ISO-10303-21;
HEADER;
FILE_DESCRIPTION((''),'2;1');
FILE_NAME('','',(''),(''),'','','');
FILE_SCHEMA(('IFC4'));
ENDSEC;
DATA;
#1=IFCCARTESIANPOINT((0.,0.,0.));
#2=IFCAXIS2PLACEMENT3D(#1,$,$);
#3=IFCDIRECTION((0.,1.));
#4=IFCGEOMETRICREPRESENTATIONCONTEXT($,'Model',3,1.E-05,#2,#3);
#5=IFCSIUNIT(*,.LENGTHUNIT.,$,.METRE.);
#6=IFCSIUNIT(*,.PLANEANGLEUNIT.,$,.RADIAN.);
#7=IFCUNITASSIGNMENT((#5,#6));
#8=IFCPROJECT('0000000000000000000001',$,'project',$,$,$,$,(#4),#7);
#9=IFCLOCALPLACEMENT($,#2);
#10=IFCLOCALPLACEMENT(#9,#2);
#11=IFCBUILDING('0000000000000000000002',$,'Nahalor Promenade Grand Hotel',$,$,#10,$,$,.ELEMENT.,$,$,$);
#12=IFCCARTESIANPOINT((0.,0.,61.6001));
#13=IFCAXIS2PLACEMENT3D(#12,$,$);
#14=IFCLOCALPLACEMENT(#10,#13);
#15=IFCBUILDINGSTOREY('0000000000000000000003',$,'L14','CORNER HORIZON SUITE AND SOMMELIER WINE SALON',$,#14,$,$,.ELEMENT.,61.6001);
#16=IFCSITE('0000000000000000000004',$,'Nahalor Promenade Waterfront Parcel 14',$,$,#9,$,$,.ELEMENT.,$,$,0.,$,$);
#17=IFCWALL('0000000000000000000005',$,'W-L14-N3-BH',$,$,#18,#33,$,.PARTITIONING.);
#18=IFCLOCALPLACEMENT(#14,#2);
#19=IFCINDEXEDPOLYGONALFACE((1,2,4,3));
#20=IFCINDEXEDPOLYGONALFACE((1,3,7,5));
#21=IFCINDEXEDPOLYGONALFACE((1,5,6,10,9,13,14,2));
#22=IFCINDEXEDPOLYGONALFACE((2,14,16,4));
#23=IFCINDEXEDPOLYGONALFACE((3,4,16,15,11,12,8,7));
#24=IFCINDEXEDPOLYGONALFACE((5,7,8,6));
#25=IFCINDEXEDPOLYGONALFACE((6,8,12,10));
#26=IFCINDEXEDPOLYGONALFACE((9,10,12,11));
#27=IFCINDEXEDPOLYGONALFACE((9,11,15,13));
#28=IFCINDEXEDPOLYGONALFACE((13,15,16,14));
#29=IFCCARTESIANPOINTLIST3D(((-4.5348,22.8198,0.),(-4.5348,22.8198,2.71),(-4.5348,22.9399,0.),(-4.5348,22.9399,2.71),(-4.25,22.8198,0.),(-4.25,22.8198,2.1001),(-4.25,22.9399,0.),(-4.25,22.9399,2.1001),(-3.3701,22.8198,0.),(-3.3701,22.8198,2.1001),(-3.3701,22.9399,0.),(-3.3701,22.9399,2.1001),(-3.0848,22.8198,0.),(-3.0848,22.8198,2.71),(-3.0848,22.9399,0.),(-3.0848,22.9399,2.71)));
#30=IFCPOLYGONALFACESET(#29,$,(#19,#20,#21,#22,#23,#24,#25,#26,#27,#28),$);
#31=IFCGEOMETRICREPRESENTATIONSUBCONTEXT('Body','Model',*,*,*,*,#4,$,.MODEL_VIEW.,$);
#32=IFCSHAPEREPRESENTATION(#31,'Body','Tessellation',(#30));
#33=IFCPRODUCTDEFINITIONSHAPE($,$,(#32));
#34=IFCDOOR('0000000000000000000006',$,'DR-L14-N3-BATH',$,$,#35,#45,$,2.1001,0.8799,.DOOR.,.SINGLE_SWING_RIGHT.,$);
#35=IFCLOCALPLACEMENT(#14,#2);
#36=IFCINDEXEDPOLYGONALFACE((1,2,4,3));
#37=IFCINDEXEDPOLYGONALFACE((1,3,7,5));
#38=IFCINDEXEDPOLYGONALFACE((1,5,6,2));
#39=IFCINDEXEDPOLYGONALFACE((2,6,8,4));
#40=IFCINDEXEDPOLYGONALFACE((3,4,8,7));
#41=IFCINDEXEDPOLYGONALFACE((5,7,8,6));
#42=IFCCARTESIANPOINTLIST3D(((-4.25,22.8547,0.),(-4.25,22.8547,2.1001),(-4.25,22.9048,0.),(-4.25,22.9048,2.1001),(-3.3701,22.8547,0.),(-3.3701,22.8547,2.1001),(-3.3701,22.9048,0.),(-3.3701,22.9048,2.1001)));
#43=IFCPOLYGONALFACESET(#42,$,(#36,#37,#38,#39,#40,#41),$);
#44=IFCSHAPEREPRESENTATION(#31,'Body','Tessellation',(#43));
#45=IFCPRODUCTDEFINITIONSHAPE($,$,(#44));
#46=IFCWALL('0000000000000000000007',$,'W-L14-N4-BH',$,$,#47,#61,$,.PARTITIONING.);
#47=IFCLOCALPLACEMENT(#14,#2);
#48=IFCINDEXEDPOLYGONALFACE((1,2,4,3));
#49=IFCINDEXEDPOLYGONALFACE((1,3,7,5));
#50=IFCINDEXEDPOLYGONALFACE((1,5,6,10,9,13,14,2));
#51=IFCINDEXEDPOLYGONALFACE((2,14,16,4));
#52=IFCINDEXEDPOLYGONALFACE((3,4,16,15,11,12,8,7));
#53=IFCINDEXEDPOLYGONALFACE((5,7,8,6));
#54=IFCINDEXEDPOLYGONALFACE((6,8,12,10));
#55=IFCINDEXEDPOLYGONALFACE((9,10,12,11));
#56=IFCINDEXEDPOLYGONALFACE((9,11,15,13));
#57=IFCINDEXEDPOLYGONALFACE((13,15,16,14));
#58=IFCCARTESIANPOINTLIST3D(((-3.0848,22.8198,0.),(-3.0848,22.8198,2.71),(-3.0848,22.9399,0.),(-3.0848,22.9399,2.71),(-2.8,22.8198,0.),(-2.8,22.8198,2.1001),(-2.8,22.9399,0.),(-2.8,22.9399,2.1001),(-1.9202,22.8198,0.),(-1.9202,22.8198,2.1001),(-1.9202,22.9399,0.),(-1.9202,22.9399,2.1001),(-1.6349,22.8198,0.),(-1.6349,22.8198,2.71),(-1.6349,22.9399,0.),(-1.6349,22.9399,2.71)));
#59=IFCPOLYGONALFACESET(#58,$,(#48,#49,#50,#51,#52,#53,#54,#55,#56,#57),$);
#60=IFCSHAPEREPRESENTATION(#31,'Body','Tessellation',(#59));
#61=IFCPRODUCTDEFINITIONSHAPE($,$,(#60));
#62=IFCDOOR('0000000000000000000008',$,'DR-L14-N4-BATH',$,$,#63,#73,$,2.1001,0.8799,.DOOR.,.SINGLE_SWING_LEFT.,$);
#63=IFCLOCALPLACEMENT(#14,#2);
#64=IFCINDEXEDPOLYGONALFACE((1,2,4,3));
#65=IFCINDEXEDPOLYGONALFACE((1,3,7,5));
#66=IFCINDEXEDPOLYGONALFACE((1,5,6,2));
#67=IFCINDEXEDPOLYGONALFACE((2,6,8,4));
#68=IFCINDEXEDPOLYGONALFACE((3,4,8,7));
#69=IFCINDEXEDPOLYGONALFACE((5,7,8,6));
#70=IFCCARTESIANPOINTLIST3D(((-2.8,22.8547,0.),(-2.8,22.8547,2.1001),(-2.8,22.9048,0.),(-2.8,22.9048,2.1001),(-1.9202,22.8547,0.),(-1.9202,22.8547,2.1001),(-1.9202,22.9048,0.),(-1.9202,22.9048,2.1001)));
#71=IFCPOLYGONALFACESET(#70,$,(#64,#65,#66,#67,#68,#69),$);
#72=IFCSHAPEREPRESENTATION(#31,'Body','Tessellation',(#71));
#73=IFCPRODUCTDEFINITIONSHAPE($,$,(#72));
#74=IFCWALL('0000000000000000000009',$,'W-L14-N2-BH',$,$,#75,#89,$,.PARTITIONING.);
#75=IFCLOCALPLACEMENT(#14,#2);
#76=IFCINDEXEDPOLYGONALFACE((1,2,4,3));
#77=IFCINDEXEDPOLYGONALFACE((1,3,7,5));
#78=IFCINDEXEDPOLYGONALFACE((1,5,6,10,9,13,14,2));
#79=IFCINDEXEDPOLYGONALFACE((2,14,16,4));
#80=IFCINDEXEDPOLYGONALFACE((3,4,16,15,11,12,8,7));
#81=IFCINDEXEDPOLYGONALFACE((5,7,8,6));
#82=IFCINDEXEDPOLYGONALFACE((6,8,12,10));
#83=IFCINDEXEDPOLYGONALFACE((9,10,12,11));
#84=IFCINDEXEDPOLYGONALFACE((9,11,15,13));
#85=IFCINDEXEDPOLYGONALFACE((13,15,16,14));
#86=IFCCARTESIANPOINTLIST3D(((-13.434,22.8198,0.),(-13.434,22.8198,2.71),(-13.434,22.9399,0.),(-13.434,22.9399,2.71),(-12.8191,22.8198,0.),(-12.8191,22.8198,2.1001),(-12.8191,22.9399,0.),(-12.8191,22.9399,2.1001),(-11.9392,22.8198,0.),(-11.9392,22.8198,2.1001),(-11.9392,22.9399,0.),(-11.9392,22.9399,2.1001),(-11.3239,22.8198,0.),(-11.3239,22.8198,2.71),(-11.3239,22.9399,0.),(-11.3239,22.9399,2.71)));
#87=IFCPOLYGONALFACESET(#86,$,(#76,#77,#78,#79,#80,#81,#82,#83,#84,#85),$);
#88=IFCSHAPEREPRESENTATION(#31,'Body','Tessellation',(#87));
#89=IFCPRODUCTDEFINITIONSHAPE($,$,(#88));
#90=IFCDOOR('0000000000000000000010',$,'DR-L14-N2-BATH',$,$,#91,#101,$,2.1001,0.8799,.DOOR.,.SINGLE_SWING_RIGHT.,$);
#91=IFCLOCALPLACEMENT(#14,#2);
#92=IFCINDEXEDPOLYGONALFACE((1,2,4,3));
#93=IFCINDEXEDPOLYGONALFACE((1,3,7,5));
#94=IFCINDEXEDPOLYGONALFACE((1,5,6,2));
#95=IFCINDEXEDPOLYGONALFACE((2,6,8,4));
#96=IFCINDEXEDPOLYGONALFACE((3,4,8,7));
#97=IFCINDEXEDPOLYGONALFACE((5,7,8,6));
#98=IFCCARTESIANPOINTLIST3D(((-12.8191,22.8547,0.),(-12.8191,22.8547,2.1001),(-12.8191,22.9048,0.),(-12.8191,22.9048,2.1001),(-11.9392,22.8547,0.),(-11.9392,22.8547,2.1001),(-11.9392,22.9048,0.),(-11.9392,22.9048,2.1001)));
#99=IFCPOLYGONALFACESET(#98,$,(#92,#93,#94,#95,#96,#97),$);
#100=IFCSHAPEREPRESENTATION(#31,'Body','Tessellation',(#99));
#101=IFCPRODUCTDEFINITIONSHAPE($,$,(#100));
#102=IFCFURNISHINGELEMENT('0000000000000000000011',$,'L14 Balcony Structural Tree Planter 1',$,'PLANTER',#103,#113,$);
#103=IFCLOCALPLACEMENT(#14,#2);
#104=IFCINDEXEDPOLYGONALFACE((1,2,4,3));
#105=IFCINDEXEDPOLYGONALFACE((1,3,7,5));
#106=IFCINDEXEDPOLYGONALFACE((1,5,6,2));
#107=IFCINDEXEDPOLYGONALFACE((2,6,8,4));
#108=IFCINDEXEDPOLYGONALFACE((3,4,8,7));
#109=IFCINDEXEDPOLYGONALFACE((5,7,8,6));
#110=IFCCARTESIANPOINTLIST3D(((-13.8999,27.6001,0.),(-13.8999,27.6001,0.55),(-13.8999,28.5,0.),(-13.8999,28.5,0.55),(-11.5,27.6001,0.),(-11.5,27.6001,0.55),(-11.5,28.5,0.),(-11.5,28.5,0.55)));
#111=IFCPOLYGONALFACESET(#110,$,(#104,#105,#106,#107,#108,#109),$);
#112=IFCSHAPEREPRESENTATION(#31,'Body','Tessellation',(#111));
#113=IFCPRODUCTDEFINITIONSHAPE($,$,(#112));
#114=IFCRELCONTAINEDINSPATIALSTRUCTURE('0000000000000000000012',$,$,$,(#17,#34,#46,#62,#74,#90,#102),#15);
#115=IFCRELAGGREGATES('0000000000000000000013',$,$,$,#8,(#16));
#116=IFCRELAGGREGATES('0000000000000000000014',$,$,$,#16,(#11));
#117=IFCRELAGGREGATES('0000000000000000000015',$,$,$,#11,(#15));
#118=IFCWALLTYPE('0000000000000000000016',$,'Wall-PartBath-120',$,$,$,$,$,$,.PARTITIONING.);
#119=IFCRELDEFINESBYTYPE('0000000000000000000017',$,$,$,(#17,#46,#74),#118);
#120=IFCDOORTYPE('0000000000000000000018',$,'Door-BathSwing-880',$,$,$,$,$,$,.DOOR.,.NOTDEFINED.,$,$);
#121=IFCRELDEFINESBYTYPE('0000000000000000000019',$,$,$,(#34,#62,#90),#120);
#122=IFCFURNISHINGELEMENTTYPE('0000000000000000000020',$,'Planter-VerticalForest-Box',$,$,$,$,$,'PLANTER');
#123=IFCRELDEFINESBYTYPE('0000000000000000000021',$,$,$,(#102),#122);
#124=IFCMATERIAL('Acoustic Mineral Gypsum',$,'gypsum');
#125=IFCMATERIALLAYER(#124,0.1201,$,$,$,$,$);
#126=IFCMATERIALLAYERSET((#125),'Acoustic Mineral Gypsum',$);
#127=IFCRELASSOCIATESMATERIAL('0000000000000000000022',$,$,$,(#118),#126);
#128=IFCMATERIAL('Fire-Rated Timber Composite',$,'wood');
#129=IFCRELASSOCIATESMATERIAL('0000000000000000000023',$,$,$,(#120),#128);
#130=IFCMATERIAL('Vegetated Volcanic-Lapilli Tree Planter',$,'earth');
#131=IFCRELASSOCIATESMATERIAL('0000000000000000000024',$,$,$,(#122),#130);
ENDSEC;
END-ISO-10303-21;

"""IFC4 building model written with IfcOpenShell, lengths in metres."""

from ifc_helpers import new_model, si_unit, direction, frame, frame_2d, origin, origin_2d, place, context, subcontext, project, spatial, rectangle, extrude, source, transform, mapped, material, layer, layer_set, type_object, element, fill, save


model = new_model("IFC4")

# Units and contexts
model_context = context("Model", 3, precision=1e-05, world=origin(), true_north=direction((0.0, 1.0)))
body_context = subcontext(model_context, "Body", "Model", "MODEL_VIEW")
ifc_project = project(units=[si_unit("LENGTHUNIT", "METRE"), si_unit("PLANEANGLEUNIT", "RADIAN")], contexts=[model_context])

# Site, building, storey
site_placement = place(None, origin())
site = spatial("IfcSite", under=ifc_project, at=site_placement, Name="Nahalor Promenade Waterfront Parcel 14", CompositionType="ELEMENT", RefElevation=0.0)
building_placement = place(site_placement, origin())
building = spatial("IfcBuilding", under=site, at=building_placement, Name="Nahalor Promenade Grand Hotel", CompositionType="ELEMENT")
storey_placement = place(building_placement, frame((0.0, 0.0, 61.6001)))
storey = spatial("IfcBuildingStorey", under=building, at=storey_placement, Name="L14", Description="CORNER HORIZON SUITE AND SOMMELIER WINE SALON", CompositionType="ELEMENT", Elevation=61.6001)

# Shared definitions
ifc_material_1 = material(Name="Acoustic Mineral Gypsum", Category="gypsum")
ifc_layer_1 = layer(ifc_material_1, 0.1201)
ifc_layer_set_1 = layer_set([ifc_layer_1], Name="Acoustic Mineral Gypsum")
wall_type_1 = type_object("IfcWallType", Name="Wall-PartBath-120", PredefinedType="PARTITIONING", material=ifc_layer_set_1)

# Walls, openings, doors
shared_shape_1 = source(origin(), body_context, "Body", "SweptSolid", [
    extrude(rectangle(XDim=1.45, YDim=0.1201, at=frame_2d((0.7251, 0.0))), origin(), (0.0, 0.0, 1.0), 2.71),
])
wall_1_placement = place(storey_placement, frame((-4.5349, 22.8799, 0.0), z_axis=(0.0, 0.0, 1.0), x_axis=(1.0, 0.0, 0.0)))
wall_1 = element("IfcWall", 1, at=wall_1_placement, inside=storey, type_object=wall_type_1, Name="W-L14-N3-BH", PredefinedType="PARTITIONING", context=body_context, shape_type="MappedRepresentation", body=[
    mapped(shared_shape_1, transform((0.0, 0.0, 0.0), scale=1.0)),
])
opening_1_placement = place(wall_1_placement, frame((0.2849, 0.0, 0.0)))
opening_1 = element("IfcOpeningElement", 2, at=opening_1_placement, cuts=wall_1, PredefinedType="OPENING", context=body_context, shape_type="SweptSolid", body=[
    extrude(rectangle(XDim=0.8799, YDim=2.1001, at=frame_2d((0.4399, 1.05))), frame((0.0, 0.0701, 0.0), z_axis=(0.0, -1.0, 0.0), x_axis=(1.0, 0.0, 0.0)), (0.0, 0.0, 1.0), 0.1401),
])
ifc_material_2 = material(Name="Fire-Rated Timber Composite", Category="wood")
door_type_1 = type_object("IfcDoorType", Name="Door-BathSwing-880", OperationType="NOTDEFINED", PredefinedType="DOOR", material=ifc_material_2)
shared_shape_2 = source(origin(), body_context, "Body", "SweptSolid", [
    extrude(rectangle(XDim=0.8799, YDim=2.1001, at=frame_2d((0.4399, 1.05))), frame((0.0, 0.0249, 0.0), z_axis=(0.0, -1.0, 0.0), x_axis=(1.0, 0.0, 0.0)), (0.0, 0.0, 1.0), 0.05),
])
door_1_placement = place(opening_1_placement, origin())
door_1 = element("IfcDoor", 3, at=door_1_placement, inside=storey, type_object=door_type_1, Name="DR-L14-N3-BATH", OperationType="SINGLE_SWING_RIGHT", OverallHeight=2.1001, OverallWidth=0.8799, PredefinedType="DOOR", context=body_context, shape_type="MappedRepresentation", body=[
    mapped(shared_shape_2, transform((0.0, 0.0, 0.0), scale=1.0)),
])
fill(opening_1, door_1)
wall_2_placement = place(storey_placement, frame((-3.085, 22.8799, 0.0), z_axis=(0.0, 0.0, 1.0), x_axis=(1.0, 0.0, 0.0)))
wall_2 = element("IfcWall", 4, at=wall_2_placement, inside=storey, type_object=wall_type_1, Name="W-L14-N4-BH", PredefinedType="PARTITIONING", context=body_context, shape_type="MappedRepresentation", body=[
    mapped(shared_shape_1, transform((0.0, 0.0, 0.0), scale=1.0)),
])
opening_2_placement = place(wall_2_placement, frame((0.2849, 0.0, 0.0)))
opening_2 = element("IfcOpeningElement", 5, at=opening_2_placement, cuts=wall_2, PredefinedType="OPENING", context=body_context, shape_type="SweptSolid", body=[
    extrude(rectangle(XDim=0.8799, YDim=2.1001, at=frame_2d((0.4399, 1.05))), frame((0.0, 0.0701, 0.0), z_axis=(0.0, -1.0, 0.0), x_axis=(1.0, 0.0, 0.0)), (0.0, 0.0, 1.0), 0.1401),
])
door_2_placement = place(opening_2_placement, origin())
door_2 = element("IfcDoor", 6, at=door_2_placement, inside=storey, type_object=door_type_1, Name="DR-L14-N4-BATH", OperationType="SINGLE_SWING_LEFT", OverallHeight=2.1001, OverallWidth=0.8799, PredefinedType="DOOR", context=body_context, shape_type="MappedRepresentation", body=[
    mapped(shared_shape_2, transform((0.0, 0.0, 0.0), scale=1.0)),
])
fill(opening_2, door_2)
shared_shape_3 = source(origin(), body_context, "Body", "SweptSolid", [
    extrude(rectangle(XDim=2.1101, YDim=0.1201, at=frame_2d((1.0552, 0.0))), origin(), (0.0, 0.0, 1.0), 2.71),
])
wall_3_placement = place(storey_placement, frame((-13.4341, 22.8799, 0.0), z_axis=(0.0, 0.0, 1.0), x_axis=(1.0, 0.0, 0.0)))
wall_3 = element("IfcWall", 7, at=wall_3_placement, inside=storey, type_object=wall_type_1, Name="W-L14-N2-BH", PredefinedType="PARTITIONING", context=body_context, shape_type="MappedRepresentation", body=[
    mapped(shared_shape_3, transform((0.0, 0.0, 0.0), scale=1.0)),
])
opening_3_placement = place(wall_3_placement, frame((0.615, 0.0, 0.0)))
opening_3 = element("IfcOpeningElement", 8, at=opening_3_placement, cuts=wall_3, PredefinedType="OPENING", context=body_context, shape_type="SweptSolid", body=[
    extrude(rectangle(XDim=0.8799, YDim=2.1001, at=frame_2d((0.4399, 1.05))), frame((0.0, 0.0701, 0.0), z_axis=(0.0, -1.0, 0.0), x_axis=(1.0, 0.0, 0.0)), (0.0, 0.0, 1.0), 0.1401),
])
door_3_placement = place(opening_3_placement, origin())
door_3 = element("IfcDoor", 9, at=door_3_placement, inside=storey, type_object=door_type_1, Name="DR-L14-N2-BATH", OperationType="SINGLE_SWING_RIGHT", OverallHeight=2.1001, OverallWidth=0.8799, PredefinedType="DOOR", context=body_context, shape_type="MappedRepresentation", body=[
    mapped(shared_shape_2, transform((0.0, 0.0, 0.0), scale=1.0)),
])
fill(opening_3, door_3)

# Furnishing element
ifc_material_3 = material(Name="Vegetated Volcanic-Lapilli Tree Planter", Category="earth")
furnishing_element_type = type_object("IfcFurnishingElementType", Name="Planter-VerticalForest-Box", ElementType="PLANTER", material=ifc_material_3)
shared_shape_4 = source(origin(), body_context, "Body", "SweptSolid", [
    extrude(rectangle(XDim=2.3999, YDim=0.8999, at=origin_2d()), origin(), (0.0, 0.0, 1.0), 0.55),
])
furnishing_placement = place(storey_placement, frame((-12.7, 28.05, 0.0), z_axis=(0.0, 0.0, 1.0), x_axis=(1.0, 0.0, 0.0)))
element("IfcFurnishingElement", 10, at=furnishing_placement, inside=storey, type_object=furnishing_element_type, Name="L14 Balcony Structural Tree Planter 1", ObjectType="PLANTER", context=body_context, shape_type="MappedRepresentation", body=[
    mapped(shared_shape_4, transform((0.0, 0.0, 0.0), scale=1.0)),
])

save(model, "model.ifc")
